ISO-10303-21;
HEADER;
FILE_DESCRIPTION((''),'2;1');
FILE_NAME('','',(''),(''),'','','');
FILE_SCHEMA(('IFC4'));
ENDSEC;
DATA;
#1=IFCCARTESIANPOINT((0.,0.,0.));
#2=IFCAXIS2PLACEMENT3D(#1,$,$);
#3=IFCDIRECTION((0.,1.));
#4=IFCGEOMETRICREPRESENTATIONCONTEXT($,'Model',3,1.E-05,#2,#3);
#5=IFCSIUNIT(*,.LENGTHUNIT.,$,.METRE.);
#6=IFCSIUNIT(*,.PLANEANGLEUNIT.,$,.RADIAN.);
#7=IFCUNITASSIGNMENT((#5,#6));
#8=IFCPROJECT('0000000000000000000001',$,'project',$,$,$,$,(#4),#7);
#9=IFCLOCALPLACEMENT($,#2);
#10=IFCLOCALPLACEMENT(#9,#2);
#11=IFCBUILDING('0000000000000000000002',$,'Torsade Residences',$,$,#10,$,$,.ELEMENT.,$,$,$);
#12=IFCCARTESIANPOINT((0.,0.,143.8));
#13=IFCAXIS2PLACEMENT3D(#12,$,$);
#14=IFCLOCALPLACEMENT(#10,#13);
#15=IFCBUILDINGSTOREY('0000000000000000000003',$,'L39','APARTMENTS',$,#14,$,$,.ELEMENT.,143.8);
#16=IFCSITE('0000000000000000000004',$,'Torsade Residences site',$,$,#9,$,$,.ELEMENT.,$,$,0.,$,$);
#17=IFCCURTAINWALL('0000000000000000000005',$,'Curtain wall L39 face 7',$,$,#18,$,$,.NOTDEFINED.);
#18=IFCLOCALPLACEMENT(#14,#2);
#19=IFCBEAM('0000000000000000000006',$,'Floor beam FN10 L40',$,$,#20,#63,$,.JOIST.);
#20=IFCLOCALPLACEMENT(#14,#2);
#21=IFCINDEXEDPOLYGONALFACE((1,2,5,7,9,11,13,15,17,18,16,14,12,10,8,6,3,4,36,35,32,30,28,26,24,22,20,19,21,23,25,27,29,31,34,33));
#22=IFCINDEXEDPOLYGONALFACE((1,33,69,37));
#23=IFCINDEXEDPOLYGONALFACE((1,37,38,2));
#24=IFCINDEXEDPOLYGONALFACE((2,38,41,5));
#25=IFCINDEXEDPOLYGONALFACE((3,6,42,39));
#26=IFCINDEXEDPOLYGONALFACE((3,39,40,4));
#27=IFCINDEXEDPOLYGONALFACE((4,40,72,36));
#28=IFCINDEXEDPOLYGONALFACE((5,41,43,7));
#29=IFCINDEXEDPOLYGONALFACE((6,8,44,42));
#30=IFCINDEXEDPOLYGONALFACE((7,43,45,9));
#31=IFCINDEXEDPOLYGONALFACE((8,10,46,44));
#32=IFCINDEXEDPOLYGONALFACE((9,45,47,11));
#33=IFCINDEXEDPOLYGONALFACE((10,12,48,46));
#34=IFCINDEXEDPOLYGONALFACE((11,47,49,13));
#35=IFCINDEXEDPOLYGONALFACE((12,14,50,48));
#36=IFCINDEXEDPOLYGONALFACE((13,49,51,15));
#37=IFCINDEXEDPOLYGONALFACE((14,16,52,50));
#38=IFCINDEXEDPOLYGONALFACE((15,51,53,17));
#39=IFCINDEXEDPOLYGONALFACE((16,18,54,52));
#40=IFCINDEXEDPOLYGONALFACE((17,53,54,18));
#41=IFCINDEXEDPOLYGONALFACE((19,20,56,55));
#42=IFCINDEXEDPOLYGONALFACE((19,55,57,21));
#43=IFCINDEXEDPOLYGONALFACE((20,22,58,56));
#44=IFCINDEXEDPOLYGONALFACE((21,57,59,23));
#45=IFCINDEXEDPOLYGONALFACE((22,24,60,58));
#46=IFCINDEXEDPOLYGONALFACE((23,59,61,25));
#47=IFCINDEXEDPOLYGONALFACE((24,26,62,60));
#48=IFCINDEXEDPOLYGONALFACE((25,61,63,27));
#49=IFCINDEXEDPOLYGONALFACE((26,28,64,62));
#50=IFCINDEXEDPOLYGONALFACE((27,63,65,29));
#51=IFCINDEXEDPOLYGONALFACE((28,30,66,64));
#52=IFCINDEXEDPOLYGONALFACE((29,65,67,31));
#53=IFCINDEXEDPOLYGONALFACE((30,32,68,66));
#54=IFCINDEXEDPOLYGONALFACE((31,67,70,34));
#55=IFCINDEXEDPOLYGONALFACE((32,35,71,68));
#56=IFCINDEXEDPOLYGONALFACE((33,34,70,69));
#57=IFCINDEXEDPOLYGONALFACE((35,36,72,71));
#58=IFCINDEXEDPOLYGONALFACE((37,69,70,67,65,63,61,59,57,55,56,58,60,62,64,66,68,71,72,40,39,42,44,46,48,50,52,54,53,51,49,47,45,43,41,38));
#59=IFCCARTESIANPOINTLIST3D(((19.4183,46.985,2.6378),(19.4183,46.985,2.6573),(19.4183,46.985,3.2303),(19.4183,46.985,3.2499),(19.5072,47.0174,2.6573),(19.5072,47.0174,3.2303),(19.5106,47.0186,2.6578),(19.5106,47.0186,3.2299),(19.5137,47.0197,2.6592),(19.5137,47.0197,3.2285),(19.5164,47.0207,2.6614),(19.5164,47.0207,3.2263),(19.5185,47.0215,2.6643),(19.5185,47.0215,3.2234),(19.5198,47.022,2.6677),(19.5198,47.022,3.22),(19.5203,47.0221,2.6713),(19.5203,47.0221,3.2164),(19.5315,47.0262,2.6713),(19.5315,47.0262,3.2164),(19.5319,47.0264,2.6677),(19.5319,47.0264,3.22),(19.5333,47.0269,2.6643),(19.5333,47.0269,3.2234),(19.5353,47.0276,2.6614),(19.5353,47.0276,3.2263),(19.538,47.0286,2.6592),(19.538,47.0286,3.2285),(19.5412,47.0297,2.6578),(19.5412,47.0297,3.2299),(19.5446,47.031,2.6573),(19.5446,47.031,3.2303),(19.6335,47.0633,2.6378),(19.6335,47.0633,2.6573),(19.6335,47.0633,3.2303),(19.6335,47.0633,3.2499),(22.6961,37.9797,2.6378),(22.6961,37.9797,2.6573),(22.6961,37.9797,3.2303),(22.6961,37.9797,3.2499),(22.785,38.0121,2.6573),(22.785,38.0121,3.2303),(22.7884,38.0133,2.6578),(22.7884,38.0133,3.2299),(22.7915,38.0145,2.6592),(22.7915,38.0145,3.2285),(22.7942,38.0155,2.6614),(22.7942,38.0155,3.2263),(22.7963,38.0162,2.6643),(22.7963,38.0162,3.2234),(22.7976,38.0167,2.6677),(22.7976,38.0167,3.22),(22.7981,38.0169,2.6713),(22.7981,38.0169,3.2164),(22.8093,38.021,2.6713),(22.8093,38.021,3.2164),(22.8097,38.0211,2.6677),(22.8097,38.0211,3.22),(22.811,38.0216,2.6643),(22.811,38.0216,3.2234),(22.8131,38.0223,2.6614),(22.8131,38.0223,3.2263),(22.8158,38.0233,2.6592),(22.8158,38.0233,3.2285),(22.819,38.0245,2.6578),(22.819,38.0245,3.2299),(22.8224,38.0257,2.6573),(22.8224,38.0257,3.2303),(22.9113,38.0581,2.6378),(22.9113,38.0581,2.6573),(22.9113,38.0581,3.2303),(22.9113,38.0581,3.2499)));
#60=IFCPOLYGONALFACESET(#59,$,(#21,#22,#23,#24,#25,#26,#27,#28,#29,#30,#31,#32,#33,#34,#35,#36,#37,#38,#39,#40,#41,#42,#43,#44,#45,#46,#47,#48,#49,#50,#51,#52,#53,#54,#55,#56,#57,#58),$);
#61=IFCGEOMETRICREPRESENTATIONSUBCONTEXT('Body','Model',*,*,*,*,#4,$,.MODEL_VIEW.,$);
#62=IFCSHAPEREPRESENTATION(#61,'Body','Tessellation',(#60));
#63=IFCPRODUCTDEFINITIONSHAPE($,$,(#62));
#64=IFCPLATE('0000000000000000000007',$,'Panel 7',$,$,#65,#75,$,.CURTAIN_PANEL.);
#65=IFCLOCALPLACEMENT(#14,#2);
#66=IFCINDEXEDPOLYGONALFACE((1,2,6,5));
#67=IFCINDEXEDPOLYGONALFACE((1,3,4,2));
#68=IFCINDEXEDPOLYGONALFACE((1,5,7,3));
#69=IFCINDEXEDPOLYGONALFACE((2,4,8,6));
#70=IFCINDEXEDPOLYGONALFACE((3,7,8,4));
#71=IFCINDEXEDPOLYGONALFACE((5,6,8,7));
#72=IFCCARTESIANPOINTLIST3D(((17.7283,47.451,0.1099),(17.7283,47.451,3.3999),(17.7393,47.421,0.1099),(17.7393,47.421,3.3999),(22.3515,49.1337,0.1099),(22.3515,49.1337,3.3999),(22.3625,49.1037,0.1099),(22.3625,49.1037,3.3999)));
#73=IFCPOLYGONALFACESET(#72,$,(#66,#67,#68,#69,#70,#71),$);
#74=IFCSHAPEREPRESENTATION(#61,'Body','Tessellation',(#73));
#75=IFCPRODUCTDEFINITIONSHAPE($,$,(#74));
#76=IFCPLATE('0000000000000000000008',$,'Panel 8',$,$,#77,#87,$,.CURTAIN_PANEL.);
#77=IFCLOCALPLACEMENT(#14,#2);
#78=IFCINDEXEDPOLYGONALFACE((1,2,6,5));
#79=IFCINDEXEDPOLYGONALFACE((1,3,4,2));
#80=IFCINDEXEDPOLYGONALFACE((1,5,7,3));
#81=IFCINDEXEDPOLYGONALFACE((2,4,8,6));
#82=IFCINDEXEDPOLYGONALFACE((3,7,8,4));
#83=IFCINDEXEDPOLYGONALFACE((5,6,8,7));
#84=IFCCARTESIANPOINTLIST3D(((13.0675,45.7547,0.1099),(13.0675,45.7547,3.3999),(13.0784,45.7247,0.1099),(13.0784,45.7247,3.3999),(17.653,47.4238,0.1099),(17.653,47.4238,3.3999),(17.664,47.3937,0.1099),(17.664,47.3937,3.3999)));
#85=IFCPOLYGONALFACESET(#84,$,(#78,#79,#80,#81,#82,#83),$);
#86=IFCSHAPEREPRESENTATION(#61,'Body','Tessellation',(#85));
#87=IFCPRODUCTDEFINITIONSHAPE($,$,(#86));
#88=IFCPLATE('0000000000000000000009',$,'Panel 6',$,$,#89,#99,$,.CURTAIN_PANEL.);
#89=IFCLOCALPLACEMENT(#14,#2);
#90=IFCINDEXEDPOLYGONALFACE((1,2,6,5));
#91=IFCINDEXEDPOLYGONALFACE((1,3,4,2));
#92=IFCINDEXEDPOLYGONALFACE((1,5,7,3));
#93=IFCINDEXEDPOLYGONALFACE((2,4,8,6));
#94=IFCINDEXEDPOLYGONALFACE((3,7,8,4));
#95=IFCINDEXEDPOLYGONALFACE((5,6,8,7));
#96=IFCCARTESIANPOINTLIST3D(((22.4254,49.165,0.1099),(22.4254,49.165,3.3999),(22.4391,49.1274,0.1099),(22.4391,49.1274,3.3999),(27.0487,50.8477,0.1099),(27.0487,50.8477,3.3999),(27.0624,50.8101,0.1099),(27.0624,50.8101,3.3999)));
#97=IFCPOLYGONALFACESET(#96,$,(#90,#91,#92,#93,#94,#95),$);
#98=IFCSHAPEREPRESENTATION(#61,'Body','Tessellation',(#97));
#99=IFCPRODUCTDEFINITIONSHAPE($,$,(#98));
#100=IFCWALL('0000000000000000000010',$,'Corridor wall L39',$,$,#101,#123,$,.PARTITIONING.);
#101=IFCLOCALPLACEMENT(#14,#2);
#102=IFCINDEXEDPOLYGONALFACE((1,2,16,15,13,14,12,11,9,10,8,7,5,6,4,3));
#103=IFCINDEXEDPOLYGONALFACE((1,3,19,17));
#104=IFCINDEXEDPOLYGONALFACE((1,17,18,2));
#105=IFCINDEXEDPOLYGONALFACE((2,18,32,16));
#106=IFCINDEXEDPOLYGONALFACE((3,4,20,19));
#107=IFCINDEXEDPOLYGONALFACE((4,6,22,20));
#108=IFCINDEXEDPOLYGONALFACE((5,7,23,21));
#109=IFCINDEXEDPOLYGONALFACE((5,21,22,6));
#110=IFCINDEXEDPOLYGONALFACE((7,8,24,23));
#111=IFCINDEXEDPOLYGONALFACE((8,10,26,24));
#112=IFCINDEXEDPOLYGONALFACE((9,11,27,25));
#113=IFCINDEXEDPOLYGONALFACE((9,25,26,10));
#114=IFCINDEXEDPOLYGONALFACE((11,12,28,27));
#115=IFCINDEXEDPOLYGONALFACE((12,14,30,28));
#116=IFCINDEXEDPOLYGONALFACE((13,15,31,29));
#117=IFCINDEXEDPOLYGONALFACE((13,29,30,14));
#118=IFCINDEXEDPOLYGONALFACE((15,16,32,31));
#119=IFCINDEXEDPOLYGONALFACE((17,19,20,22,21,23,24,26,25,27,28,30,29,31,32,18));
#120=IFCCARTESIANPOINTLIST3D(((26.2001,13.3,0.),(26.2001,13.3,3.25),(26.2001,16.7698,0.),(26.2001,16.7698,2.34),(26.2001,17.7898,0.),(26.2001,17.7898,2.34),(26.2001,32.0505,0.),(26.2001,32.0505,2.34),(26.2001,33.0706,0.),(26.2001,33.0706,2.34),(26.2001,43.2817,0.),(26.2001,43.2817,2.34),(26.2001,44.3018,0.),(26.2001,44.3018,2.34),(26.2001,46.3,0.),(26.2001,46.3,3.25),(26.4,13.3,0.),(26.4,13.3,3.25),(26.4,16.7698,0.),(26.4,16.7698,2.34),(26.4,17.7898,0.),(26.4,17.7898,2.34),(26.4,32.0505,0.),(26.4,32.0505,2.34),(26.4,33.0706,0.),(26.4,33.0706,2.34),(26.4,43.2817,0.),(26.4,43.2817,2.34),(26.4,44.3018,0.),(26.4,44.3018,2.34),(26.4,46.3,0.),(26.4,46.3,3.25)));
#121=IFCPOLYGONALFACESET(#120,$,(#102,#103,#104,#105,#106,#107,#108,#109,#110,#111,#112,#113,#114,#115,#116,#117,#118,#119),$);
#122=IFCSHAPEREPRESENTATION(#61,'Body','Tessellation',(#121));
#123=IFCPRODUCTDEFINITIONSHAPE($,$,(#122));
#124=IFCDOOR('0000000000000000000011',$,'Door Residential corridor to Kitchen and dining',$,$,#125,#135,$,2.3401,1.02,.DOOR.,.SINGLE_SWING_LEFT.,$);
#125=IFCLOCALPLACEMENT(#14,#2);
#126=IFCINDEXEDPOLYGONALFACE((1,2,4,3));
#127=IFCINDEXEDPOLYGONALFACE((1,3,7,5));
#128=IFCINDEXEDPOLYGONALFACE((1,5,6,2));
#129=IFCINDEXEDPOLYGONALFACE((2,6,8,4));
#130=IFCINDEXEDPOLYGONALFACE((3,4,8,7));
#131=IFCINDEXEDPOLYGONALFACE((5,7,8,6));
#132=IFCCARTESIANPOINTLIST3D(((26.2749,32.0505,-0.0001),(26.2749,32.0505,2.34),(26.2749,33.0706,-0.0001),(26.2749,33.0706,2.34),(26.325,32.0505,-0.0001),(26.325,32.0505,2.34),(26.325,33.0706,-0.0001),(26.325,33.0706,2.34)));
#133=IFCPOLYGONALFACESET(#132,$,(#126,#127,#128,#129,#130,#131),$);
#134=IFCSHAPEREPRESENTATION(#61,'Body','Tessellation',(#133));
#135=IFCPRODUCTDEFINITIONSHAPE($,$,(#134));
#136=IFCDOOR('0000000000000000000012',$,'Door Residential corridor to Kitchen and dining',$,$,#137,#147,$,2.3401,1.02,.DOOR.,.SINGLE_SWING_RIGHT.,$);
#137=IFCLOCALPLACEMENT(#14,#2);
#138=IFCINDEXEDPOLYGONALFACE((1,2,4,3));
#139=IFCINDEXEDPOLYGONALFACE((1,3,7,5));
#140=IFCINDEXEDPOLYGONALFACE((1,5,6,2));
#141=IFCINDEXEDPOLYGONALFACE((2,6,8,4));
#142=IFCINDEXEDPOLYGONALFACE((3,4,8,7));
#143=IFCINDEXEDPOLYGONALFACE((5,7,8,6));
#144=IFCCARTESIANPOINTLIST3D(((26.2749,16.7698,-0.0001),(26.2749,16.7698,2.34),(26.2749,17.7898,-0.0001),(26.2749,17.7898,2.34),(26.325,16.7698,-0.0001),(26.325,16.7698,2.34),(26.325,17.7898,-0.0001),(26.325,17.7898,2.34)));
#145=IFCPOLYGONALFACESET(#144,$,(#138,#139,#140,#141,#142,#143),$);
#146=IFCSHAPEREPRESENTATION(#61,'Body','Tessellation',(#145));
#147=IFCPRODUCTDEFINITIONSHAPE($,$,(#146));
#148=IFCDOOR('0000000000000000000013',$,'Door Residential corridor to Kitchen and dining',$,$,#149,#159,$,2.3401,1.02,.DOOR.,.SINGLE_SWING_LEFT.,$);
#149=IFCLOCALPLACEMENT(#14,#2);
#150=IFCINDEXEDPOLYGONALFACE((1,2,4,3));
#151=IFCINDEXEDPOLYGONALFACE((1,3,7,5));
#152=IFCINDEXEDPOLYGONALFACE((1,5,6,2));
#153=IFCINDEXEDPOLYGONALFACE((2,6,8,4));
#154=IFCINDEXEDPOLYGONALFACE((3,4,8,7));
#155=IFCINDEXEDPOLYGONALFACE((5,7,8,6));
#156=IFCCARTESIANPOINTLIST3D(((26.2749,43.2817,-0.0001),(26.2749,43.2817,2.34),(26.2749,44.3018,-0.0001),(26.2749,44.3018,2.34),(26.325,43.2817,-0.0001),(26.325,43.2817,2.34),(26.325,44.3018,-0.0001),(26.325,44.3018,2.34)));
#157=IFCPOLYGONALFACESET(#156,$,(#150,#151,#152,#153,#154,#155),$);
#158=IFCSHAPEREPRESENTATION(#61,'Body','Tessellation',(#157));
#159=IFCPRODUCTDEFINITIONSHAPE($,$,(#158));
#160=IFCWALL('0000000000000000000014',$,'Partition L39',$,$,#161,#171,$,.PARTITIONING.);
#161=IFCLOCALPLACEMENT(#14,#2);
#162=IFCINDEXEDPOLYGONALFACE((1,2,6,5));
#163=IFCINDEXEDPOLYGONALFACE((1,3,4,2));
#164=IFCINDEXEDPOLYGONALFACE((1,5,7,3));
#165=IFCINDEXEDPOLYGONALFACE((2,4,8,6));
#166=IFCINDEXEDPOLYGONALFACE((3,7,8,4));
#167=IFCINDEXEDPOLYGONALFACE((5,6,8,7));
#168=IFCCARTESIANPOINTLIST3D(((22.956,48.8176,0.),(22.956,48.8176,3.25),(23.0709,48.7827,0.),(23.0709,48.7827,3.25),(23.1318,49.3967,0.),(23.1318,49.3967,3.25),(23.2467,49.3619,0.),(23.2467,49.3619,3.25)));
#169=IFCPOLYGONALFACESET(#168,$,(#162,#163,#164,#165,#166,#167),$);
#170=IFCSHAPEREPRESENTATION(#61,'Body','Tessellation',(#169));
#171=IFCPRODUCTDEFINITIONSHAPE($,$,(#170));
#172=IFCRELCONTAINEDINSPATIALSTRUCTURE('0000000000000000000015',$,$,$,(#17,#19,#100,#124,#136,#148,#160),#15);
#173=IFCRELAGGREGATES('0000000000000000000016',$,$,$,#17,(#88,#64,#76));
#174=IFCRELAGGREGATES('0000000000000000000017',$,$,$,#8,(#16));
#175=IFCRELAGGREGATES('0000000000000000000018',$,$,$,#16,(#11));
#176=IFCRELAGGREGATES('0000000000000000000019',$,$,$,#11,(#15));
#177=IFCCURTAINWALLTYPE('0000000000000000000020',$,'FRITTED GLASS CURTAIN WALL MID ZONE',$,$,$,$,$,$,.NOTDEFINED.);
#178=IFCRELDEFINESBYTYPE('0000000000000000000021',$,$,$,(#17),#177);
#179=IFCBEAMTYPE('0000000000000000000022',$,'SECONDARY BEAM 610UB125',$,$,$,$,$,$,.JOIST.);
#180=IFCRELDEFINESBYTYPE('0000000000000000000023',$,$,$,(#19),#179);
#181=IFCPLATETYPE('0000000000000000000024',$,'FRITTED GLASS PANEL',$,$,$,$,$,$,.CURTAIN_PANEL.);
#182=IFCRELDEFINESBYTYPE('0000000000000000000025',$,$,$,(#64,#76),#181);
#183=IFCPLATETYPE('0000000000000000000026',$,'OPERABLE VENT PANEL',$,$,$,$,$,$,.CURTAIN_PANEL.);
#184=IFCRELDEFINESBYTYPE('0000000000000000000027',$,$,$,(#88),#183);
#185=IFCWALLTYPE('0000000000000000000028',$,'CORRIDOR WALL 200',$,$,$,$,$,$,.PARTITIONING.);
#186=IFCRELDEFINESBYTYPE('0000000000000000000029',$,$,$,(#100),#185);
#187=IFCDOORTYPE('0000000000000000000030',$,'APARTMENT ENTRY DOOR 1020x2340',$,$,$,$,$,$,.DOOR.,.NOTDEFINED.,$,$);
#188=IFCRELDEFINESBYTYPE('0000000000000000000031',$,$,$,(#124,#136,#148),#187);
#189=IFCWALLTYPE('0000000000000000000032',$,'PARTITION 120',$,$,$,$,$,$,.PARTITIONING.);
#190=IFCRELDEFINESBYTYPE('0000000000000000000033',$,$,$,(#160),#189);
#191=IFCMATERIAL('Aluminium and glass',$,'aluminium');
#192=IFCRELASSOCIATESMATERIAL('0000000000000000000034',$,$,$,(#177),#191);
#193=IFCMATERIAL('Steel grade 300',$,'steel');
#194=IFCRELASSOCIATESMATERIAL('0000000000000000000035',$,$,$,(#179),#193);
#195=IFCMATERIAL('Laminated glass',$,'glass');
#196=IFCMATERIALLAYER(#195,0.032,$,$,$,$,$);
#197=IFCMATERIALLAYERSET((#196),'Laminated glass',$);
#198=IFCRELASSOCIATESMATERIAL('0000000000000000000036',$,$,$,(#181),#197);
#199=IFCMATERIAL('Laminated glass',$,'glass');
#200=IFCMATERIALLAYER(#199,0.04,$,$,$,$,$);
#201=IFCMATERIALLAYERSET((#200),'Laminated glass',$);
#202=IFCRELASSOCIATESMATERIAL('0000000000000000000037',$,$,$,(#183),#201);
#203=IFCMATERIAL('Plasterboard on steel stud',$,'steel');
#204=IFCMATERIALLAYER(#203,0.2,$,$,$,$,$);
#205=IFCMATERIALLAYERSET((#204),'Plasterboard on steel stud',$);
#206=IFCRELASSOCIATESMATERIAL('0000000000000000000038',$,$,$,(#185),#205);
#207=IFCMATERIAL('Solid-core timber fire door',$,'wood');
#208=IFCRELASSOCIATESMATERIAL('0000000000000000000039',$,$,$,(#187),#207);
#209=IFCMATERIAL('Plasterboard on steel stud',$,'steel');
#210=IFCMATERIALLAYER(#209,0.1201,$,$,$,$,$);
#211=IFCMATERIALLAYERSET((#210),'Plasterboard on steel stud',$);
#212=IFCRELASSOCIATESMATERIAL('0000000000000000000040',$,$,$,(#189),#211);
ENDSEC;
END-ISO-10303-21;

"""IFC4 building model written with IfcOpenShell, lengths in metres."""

from ifc_helpers import new_model, si_unit, direction, frame, frame_2d, origin, origin_2d, place, context, subcontext, project, spatial, rectangle, i_section, extrude, material, layer, layer_set, material_profile, profile_set, type_object, element, fill, aggregate, save


model = new_model("IFC4")

# Units and contexts
model_context = context("Model", 3, precision=1e-05, world=origin(), true_north=direction((0.0, 1.0)))
body_context = subcontext(model_context, "Body", "Model", "MODEL_VIEW")
ifc_project = project(units=[si_unit("LENGTHUNIT", "METRE"), si_unit("PLANEANGLEUNIT", "RADIAN")], contexts=[model_context])

# Site, building, storey
site_placement = place(None, origin())
site = spatial("IfcSite", under=ifc_project, at=site_placement, Name="Torsade Residences site", CompositionType="ELEMENT", RefElevation=0.0)
building_placement = place(site_placement, origin())
building = spatial("IfcBuilding", under=site, at=building_placement, Name="Torsade Residences", CompositionType="ELEMENT")
storey_placement = place(building_placement, frame((0.0, 0.0, 143.8)))
storey = spatial("IfcBuildingStorey", under=building, at=storey_placement, Name="L39", Description="APARTMENTS", CompositionType="ELEMENT", Elevation=143.8)

# Curtain wall
ifc_material_1 = material(Name="Aluminium and glass", Category="aluminium")
curtain_wall_type = type_object("IfcCurtainWallType", Name="FRITTED GLASS CURTAIN WALL MID ZONE", PredefinedType="NOTDEFINED", material=ifc_material_1)
curtain_wall_placement = place(storey_placement, origin())
curtain_wall = element("IfcCurtainWall", 1, at=curtain_wall_placement, inside=storey, type_object=curtain_wall_type, Name="Curtain wall L39 face 7", PredefinedType="NOTDEFINED")

# Beam
ifc_material_2 = material(Name="Steel grade 300", Category="steel")
ifc_material_profile_1 = material_profile(ifc_material_2, i_section(OverallWidth=0.229, OverallDepth=0.6121, WebThickness=0.012, FlangeThickness=0.0195, FilletRadius=0.0139, at=origin_2d()), Name="610UB125")
ifc_profile_set_1 = profile_set([ifc_material_profile_1], Name="Steel grade 300")
beam_type_1 = type_object("IfcBeamType", Name="SECONDARY BEAM 610UB125", PredefinedType="JOIST", material=ifc_profile_set_1)
beam_1_placement = place(storey_placement, frame((19.5259, 47.0242, 2.9438), z_axis=(0.342034, -0.939688, 0.0), x_axis=(0.939688, 0.342034, 0.0)))
element("IfcBeam", 2, at=beam_1_placement, inside=storey, type_object=beam_type_1, Name="Floor beam FN10 L40", PredefinedType="JOIST", context=body_context, shape_type="SweptSolid", body=[
    extrude(i_section(OverallWidth=0.229, OverallDepth=0.6121, WebThickness=0.012, FlangeThickness=0.0195, FilletRadius=0.0139, at=origin_2d()), origin(), (0.0, 0.0, 1.0), 9.5833),
])

# Plates
ifc_material_3 = material(Name="Laminated glass", Category="glass")
ifc_layer_1 = layer(ifc_material_3, 0.032)
ifc_layer_set_1 = layer_set([ifc_layer_1], Name="Laminated glass")
plate_type_1 = type_object("IfcPlateType", Name="FRITTED GLASS PANEL", PredefinedType="CURTAIN_PANEL", material=ifc_layer_set_1)
plate_1_placement = place(storey_placement, frame((20.0454, 48.2773, 0.1099), z_axis=(0.0, 0.0, 1.0), x_axis=(-0.939693, -0.34202, 0.0)))
plate_1 = element("IfcPlate", 3, at=plate_1_placement, type_object=plate_type_1, Name="Panel 7", PredefinedType="CURTAIN_PANEL", context=body_context, shape_type="SweptSolid", body=[
    extrude(rectangle(XDim=4.9199, YDim=0.032, at=origin_2d()), origin(), (0.0, 0.0, 1.0), 3.29),
])
plate_2_placement = place(storey_placement, frame((15.3657, 46.5742, 0.1099), z_axis=(0.0, 0.0, 1.0), x_axis=(-0.939693, -0.34202, 0.0)))
plate_2 = element("IfcPlate", 4, at=plate_2_placement, type_object=plate_type_1, Name="Panel 8", PredefinedType="CURTAIN_PANEL", context=body_context, shape_type="SweptSolid", body=[
    extrude(rectangle(XDim=4.8799, YDim=0.032, at=origin_2d()), origin(), (0.0, 0.0, 1.0), 3.29),
])
ifc_material_4 = material(Name="Laminated glass", Category="glass")
ifc_layer_2 = layer(ifc_material_4, 0.04)
ifc_layer_set_2 = layer_set([ifc_layer_2], Name="Laminated glass")
plate_type_2 = type_object("IfcPlateType", Name="OPERABLE VENT PANEL", PredefinedType="CURTAIN_PANEL", material=ifc_layer_set_2)
plate_3_placement = place(storey_placement, frame((24.7439, 49.9875, 0.1099), z_axis=(0.0, 0.0, 1.0), x_axis=(-0.939693, -0.34202, 0.0)))
plate_3 = element("IfcPlate", 5, at=plate_3_placement, type_object=plate_type_2, Name="Panel 6", PredefinedType="CURTAIN_PANEL", context=body_context, shape_type="SweptSolid", body=[
    extrude(rectangle(XDim=4.9199, YDim=0.04, at=origin_2d()), origin(), (0.0, 0.0, 1.0), 3.29),
])
aggregate(curtain_wall, [plate_3, plate_1, plate_2])

# Wall, openings, doors
ifc_material_5 = material(Name="Plasterboard on steel stud", Category="steel")
ifc_layer_3 = layer(ifc_material_5, 0.2)
ifc_layer_set_3 = layer_set([ifc_layer_3], Name="Plasterboard on steel stud")
wall_type_1 = type_object("IfcWallType", Name="CORRIDOR WALL 200", PredefinedType="PARTITIONING", material=ifc_layer_set_3)
wall_1_placement = place(storey_placement, frame((26.3, 46.3, 0.0), z_axis=(0.0, 0.0, 1.0), x_axis=(0.0, -1.0, 0.0)))
wall_1 = element("IfcWall", 6, at=wall_1_placement, inside=storey, type_object=wall_type_1, Name="Corridor wall L39", PredefinedType="PARTITIONING", context=body_context, shape_type="SweptSolid", body=[
    extrude(rectangle(XDim=33.0, YDim=0.2, at=frame_2d((16.5, 0.0))), origin(), (0.0, 0.0, 1.0), 3.25),
])
opening_1_placement = place(wall_1_placement, frame((13.2295, 0.0, 0.0)))
opening_1 = element("IfcOpeningElement", 7, at=opening_1_placement, cuts=wall_1, PredefinedType="OPENING", context=body_context, shape_type="SweptSolid", body=[
    extrude(rectangle(XDim=1.02, YDim=2.3401, at=frame_2d((0.51, 1.1699))), frame((0.0, 0.1099, 0.0), z_axis=(0.0, -1.0, 0.0), x_axis=(1.0, 0.0, 0.0)), (0.0, 0.0, 1.0), 0.22),
])
opening_2_placement = place(wall_1_placement, frame((28.5103, 0.0, 0.0)))
opening_2 = element("IfcOpeningElement", 8, at=opening_2_placement, cuts=wall_1, PredefinedType="OPENING", context=body_context, shape_type="SweptSolid", body=[
    extrude(rectangle(XDim=1.02, YDim=2.3401, at=frame_2d((0.51, 1.1699))), frame((0.0, 0.1099, 0.0), z_axis=(0.0, -1.0, 0.0), x_axis=(1.0, 0.0, 0.0)), (0.0, 0.0, 1.0), 0.22),
])
opening_3_placement = place(wall_1_placement, frame((1.9983, 0.0, 0.0)))
opening_3 = element("IfcOpeningElement", 9, at=opening_3_placement, cuts=wall_1, PredefinedType="OPENING", context=body_context, shape_type="SweptSolid", body=[
    extrude(rectangle(XDim=1.02, YDim=2.3401, at=frame_2d((0.51, 1.1699))), frame((0.0, 0.1099, 0.0), z_axis=(0.0, -1.0, 0.0), x_axis=(1.0, 0.0, 0.0)), (0.0, 0.0, 1.0), 0.22),
])
ifc_material_6 = material(Name="Solid-core timber fire door", Category="wood")
door_type_1 = type_object("IfcDoorType", Name="APARTMENT ENTRY DOOR 1020x2340", OperationType="NOTDEFINED", PredefinedType="DOOR", material=ifc_material_6)
door_1_placement = place(opening_1_placement, origin())
door_1 = element("IfcDoor", 10, at=door_1_placement, inside=storey, type_object=door_type_1, Name="Door Residential corridor to Kitchen and dining", OperationType="SINGLE_SWING_LEFT", OverallHeight=2.3401, OverallWidth=1.02, PredefinedType="DOOR", context=body_context, shape_type="SweptSolid", body=[
    extrude(rectangle(XDim=1.02, YDim=2.3401, at=frame_2d((0.51, 1.1699))), frame((0.0, 0.0249, 0.0), z_axis=(0.0, -1.0, 0.0), x_axis=(1.0, 0.0, 0.0)), (0.0, 0.0, 1.0), 0.05),
])
fill(opening_1, door_1)
door_2_placement = place(opening_2_placement, origin())
door_2 = element("IfcDoor", 11, at=door_2_placement, inside=storey, type_object=door_type_1, Name="Door Residential corridor to Kitchen and dining", OperationType="SINGLE_SWING_RIGHT", OverallHeight=2.3401, OverallWidth=1.02, PredefinedType="DOOR", context=body_context, shape_type="SweptSolid", body=[
    extrude(rectangle(XDim=1.02, YDim=2.3401, at=frame_2d((0.51, 1.1699))), frame((0.0, 0.0249, 0.0), z_axis=(0.0, -1.0, 0.0), x_axis=(1.0, 0.0, 0.0)), (0.0, 0.0, 1.0), 0.05),
])
fill(opening_2, door_2)
door_3_placement = place(opening_3_placement, origin())
door_3 = element("IfcDoor", 12, at=door_3_placement, inside=storey, type_object=door_type_1, Name="Door Residential corridor to Kitchen and dining", OperationType="SINGLE_SWING_LEFT", OverallHeight=2.3401, OverallWidth=1.02, PredefinedType="DOOR", context=body_context, shape_type="SweptSolid", body=[
    extrude(rectangle(XDim=1.02, YDim=2.3401, at=frame_2d((0.51, 1.1699))), frame((0.0, 0.0249, 0.0), z_axis=(0.0, -1.0, 0.0), x_axis=(1.0, 0.0, 0.0)), (0.0, 0.0, 1.0), 0.05),
])
fill(opening_3, door_3)

# Wall
ifc_material_7 = material(Name="Plasterboard on steel stud", Category="steel")
ifc_layer_4 = layer(ifc_material_7, 0.1201)
ifc_layer_set_4 = layer_set([ifc_layer_4], Name="Plasterboard on steel stud")
wall_type_2 = type_object("IfcWallType", Name="PARTITION 120", PredefinedType="PARTITIONING", material=ifc_layer_set_4)
wall_2_placement = place(storey_placement, frame((23.0134, 48.8, 0.0), z_axis=(0.0, 0.0, 1.0), x_axis=(0.290455, 0.956889, 0.0)))
element("IfcWall", 13, at=wall_2_placement, inside=storey, type_object=wall_type_2, Name="Partition L39", PredefinedType="PARTITIONING", context=body_context, shape_type="SweptSolid", body=[
    extrude(rectangle(XDim=0.6052, YDim=0.1201, at=frame_2d((0.3027, 0.0))), origin(), (0.0, 0.0, 1.0), 3.25),
])

save(model, "model.ifc")
